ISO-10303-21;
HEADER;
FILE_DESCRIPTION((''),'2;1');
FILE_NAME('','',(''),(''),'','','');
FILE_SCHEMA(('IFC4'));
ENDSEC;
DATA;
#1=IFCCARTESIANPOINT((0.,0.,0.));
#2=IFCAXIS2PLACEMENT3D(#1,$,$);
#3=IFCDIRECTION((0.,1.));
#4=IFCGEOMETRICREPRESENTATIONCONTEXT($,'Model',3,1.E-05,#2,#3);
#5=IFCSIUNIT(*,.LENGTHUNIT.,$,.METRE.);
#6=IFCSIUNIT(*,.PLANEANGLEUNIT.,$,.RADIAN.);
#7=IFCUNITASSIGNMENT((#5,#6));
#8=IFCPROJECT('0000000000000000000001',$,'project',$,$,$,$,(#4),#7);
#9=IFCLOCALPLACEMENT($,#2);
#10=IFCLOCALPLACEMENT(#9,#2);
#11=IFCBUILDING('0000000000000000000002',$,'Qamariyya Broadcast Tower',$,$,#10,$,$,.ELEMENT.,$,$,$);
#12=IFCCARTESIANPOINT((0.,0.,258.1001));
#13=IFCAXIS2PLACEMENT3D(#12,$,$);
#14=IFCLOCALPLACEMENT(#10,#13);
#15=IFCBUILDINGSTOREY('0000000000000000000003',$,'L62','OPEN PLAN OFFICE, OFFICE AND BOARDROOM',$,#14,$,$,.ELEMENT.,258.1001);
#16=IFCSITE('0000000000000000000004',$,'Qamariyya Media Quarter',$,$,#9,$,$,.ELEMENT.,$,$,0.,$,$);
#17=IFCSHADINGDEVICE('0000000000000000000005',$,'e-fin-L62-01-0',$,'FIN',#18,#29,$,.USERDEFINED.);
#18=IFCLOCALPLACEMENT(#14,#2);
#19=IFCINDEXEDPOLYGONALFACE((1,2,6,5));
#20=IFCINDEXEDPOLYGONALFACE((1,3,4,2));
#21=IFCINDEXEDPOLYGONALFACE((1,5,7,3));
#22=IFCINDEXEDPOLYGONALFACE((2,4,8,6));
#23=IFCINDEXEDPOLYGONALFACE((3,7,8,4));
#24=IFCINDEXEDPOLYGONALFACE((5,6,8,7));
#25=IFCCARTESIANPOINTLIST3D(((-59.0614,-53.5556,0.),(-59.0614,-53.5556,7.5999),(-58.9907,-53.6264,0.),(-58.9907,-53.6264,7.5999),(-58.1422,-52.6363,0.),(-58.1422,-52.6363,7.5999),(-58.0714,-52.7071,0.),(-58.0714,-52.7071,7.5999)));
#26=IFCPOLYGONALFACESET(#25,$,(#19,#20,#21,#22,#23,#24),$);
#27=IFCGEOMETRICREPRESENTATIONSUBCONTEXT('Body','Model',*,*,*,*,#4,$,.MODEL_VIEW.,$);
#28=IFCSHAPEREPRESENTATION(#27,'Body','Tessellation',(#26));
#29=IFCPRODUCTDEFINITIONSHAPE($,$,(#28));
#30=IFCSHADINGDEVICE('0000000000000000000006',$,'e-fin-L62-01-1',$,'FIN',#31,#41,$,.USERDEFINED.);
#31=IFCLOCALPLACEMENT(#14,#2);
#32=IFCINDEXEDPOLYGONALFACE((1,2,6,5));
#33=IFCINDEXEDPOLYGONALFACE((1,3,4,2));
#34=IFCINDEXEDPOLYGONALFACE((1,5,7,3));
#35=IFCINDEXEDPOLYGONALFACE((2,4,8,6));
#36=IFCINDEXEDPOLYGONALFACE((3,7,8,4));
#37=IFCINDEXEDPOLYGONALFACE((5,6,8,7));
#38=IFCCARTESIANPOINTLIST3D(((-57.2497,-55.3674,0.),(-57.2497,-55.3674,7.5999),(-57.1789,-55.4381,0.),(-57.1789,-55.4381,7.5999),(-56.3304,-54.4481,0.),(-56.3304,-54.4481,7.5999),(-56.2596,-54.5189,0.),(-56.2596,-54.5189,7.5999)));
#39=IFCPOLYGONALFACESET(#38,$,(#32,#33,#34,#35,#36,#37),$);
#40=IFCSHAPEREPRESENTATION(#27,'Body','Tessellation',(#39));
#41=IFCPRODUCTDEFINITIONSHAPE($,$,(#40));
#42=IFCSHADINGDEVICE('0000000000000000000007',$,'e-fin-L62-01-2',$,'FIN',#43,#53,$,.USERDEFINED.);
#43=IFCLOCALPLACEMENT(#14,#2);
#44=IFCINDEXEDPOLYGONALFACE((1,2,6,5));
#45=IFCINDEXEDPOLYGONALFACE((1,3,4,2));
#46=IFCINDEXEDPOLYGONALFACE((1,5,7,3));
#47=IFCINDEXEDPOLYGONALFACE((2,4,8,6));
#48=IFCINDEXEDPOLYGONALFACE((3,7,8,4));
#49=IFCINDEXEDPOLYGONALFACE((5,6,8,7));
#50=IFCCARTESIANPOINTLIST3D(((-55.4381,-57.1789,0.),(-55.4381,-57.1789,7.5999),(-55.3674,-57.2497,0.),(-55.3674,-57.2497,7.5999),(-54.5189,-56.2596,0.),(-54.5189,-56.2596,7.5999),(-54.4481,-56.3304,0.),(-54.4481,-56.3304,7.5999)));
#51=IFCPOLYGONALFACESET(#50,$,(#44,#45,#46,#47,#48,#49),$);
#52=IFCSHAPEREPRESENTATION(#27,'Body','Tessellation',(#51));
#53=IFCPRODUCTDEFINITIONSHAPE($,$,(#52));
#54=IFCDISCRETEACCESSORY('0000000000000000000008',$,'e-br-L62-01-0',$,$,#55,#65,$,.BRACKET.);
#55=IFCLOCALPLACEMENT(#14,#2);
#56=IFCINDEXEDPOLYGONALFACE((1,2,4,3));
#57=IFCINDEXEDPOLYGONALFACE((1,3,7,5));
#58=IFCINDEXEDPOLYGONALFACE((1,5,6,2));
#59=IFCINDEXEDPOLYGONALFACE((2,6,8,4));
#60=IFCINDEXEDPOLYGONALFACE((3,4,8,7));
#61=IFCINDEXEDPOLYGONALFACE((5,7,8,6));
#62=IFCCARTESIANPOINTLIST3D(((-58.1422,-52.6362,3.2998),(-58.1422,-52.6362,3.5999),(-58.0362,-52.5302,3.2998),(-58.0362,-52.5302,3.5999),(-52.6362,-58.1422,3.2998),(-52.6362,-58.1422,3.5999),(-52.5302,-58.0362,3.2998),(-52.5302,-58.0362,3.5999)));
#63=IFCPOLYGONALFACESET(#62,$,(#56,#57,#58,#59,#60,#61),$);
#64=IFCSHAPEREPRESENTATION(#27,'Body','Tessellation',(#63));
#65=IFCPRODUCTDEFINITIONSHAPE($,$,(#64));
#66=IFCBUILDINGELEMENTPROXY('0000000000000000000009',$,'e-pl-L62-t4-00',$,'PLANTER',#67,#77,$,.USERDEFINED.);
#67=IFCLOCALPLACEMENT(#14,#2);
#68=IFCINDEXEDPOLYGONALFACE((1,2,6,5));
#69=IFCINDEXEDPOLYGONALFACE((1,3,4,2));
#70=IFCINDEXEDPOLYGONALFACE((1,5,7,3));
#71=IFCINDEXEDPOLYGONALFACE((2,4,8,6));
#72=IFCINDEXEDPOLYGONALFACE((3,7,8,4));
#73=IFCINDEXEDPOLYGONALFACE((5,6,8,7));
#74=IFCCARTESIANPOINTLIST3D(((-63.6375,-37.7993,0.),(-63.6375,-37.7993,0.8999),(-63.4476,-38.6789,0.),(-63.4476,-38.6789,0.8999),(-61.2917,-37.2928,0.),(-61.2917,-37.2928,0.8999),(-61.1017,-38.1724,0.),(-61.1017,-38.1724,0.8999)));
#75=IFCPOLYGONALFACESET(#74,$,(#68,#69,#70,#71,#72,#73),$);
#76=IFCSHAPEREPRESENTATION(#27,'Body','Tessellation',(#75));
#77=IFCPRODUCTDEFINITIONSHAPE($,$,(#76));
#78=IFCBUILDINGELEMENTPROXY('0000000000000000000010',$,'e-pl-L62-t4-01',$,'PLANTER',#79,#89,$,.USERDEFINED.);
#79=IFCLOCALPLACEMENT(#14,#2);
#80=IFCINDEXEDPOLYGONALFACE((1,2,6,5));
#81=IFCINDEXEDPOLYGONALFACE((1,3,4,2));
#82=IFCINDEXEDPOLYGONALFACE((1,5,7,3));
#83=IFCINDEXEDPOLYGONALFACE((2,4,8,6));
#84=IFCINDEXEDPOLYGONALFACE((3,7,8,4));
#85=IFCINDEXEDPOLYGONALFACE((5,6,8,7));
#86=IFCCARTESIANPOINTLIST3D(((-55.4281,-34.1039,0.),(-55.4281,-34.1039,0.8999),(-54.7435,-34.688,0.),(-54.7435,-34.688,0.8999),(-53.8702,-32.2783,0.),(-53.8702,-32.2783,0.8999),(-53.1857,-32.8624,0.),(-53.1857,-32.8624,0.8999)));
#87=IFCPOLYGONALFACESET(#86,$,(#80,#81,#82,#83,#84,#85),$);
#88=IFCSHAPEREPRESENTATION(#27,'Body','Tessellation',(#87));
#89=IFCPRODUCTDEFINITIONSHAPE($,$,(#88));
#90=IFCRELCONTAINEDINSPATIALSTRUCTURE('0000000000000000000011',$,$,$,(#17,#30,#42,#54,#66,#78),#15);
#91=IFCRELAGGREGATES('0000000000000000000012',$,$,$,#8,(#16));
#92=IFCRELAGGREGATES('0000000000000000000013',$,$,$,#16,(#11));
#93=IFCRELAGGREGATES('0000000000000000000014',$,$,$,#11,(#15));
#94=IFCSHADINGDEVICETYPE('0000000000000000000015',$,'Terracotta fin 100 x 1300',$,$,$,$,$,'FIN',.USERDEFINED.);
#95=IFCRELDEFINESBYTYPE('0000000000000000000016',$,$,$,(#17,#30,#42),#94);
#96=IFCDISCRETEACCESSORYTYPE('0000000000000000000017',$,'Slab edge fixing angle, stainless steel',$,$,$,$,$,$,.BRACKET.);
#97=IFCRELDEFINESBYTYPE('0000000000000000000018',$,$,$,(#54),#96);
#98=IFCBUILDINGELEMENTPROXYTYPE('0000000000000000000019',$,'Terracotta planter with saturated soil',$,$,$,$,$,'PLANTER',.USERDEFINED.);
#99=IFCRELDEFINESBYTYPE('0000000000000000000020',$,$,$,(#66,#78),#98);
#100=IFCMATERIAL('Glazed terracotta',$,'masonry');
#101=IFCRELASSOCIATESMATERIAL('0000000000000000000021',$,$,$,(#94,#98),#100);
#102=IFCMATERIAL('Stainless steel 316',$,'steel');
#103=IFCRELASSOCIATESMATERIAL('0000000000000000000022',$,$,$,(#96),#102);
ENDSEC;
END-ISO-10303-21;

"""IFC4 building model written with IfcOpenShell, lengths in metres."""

from ifc_helpers import new_model, si_unit, direction, frame, origin, origin_2d, place, context, subcontext, project, spatial, rectangle, extrude, material, material_profile, profile_set, type_object, element, save


model = new_model("IFC4")

# Units and contexts
model_context = context("Model", 3, precision=1e-05, world=origin(), true_north=direction((0.0, 1.0)))
body_context = subcontext(model_context, "Body", "Model", "MODEL_VIEW")
ifc_project = project(units=[si_unit("LENGTHUNIT", "METRE"), si_unit("PLANEANGLEUNIT", "RADIAN")], contexts=[model_context])

# Site, building, storey
site_placement = place(None, origin())
site = spatial("IfcSite", under=ifc_project, at=site_placement, Name="Qamariyya Media Quarter", CompositionType="ELEMENT", RefElevation=0.0)
building_placement = place(site_placement, origin())
building = spatial("IfcBuilding", under=site, at=building_placement, Name="Qamariyya Broadcast Tower", CompositionType="ELEMENT")
storey_placement = place(building_placement, frame((0.0, 0.0, 258.1001)))
storey = spatial("IfcBuildingStorey", under=building, at=storey_placement, Name="L62", Description="OPEN PLAN OFFICE, OFFICE AND BOARDROOM", CompositionType="ELEMENT", Elevation=258.1001)

# Shading devices
ifc_material_1 = material(Name="Glazed terracotta", Category="masonry")
ifc_material_profile_1 = material_profile(ifc_material_1, rectangle(XDim=1.3, YDim=0.1001, at=origin_2d()))
ifc_profile_set_1 = profile_set([ifc_material_profile_1], Name="Glazed terracotta")
shading_device_type_1 = type_object("IfcShadingDeviceType", Name="Terracotta fin 100 x 1300", ElementType="FIN", PredefinedType="USERDEFINED", material=ifc_profile_set_1)
for number, where, z_axis, x_axis, name in (
    (1, (-58.5664, -53.1313, 0.0), (0.0, 0.0, 1.0), (-0.707107, -0.707107, 0.0), "e-fin-L62-01-0"),
    (2, (-56.7546, -54.9431, 0.0), (0.0, 0.0, 1.0), (-0.707107, -0.707107, 0.0), "e-fin-L62-01-1"),
    (3, (-54.9431, -56.7546, 0.0), (0.0, 0.0, 1.0), (-0.707107, -0.707107, 0.0), "e-fin-L62-01-2"),
):
    element("IfcShadingDevice", number, at=place(storey_placement, frame(where, z_axis=z_axis, x_axis=x_axis)), inside=storey, type_object=shading_device_type_1, Name=name, ObjectType="FIN", PredefinedType="USERDEFINED", context=body_context, shape_type="SweptSolid", body=[
        extrude(rectangle(XDim=1.3, YDim=0.1001, at=origin_2d()), origin(), (0.0, 0.0, 1.0), 7.5999),
    ])

# Discrete accessory
ifc_material_2 = material(Name="Stainless steel 316", Category="steel")
discrete_accessory_type = type_object("IfcDiscreteAccessoryType", Name="Slab edge fixing angle, stainless steel", PredefinedType="BRACKET", material=ifc_material_2)
discrete_accessory_placement = place(storey_placement, frame((-55.3362, -55.3362, 3.2998), z_axis=(0.0, 0.0, 1.0), x_axis=(0.707107, -0.707107, 0.0)))
element("IfcDiscreteAccessory", 4, at=discrete_accessory_placement, inside=storey, type_object=discrete_accessory_type, Name="e-br-L62-01-0", PredefinedType="BRACKET", context=body_context, shape_type="SweptSolid", body=[
    extrude(rectangle(XDim=7.7866, YDim=0.1499, at=origin_2d()), origin(), (0.0, 0.0, 1.0), 0.3),
])

# Building element proxies
building_element_proxy_type = type_object("IfcBuildingElementProxyType", Name="Terracotta planter with saturated soil", ElementType="PLANTER", PredefinedType="USERDEFINED", material=ifc_material_1)
for number, where, z_axis, x_axis, name in (
    (5, (-62.3696, -37.9858, 0.0), (0.0, 0.0, 1.0), (0.977475, 0.211051, 0.0), "e-pl-L62-t4-00"),
    (6, (-54.3069, -33.4832, 0.0), (0.0, 0.0, 1.0), (0.649118, 0.760687, 0.0), "e-pl-L62-t4-01"),
):
    element("IfcBuildingElementProxy", number, at=place(storey_placement, frame(where, z_axis=z_axis, x_axis=x_axis)), inside=storey, type_object=building_element_proxy_type, Name=name, ObjectType="PLANTER", PredefinedType="USERDEFINED", context=body_context, shape_type="SweptSolid", body=[
        extrude(rectangle(XDim=2.3999, YDim=0.8999, at=origin_2d()), origin(), (0.0, 0.0, 1.0), 0.8999),
    ])

save(model, "model.ifc")
